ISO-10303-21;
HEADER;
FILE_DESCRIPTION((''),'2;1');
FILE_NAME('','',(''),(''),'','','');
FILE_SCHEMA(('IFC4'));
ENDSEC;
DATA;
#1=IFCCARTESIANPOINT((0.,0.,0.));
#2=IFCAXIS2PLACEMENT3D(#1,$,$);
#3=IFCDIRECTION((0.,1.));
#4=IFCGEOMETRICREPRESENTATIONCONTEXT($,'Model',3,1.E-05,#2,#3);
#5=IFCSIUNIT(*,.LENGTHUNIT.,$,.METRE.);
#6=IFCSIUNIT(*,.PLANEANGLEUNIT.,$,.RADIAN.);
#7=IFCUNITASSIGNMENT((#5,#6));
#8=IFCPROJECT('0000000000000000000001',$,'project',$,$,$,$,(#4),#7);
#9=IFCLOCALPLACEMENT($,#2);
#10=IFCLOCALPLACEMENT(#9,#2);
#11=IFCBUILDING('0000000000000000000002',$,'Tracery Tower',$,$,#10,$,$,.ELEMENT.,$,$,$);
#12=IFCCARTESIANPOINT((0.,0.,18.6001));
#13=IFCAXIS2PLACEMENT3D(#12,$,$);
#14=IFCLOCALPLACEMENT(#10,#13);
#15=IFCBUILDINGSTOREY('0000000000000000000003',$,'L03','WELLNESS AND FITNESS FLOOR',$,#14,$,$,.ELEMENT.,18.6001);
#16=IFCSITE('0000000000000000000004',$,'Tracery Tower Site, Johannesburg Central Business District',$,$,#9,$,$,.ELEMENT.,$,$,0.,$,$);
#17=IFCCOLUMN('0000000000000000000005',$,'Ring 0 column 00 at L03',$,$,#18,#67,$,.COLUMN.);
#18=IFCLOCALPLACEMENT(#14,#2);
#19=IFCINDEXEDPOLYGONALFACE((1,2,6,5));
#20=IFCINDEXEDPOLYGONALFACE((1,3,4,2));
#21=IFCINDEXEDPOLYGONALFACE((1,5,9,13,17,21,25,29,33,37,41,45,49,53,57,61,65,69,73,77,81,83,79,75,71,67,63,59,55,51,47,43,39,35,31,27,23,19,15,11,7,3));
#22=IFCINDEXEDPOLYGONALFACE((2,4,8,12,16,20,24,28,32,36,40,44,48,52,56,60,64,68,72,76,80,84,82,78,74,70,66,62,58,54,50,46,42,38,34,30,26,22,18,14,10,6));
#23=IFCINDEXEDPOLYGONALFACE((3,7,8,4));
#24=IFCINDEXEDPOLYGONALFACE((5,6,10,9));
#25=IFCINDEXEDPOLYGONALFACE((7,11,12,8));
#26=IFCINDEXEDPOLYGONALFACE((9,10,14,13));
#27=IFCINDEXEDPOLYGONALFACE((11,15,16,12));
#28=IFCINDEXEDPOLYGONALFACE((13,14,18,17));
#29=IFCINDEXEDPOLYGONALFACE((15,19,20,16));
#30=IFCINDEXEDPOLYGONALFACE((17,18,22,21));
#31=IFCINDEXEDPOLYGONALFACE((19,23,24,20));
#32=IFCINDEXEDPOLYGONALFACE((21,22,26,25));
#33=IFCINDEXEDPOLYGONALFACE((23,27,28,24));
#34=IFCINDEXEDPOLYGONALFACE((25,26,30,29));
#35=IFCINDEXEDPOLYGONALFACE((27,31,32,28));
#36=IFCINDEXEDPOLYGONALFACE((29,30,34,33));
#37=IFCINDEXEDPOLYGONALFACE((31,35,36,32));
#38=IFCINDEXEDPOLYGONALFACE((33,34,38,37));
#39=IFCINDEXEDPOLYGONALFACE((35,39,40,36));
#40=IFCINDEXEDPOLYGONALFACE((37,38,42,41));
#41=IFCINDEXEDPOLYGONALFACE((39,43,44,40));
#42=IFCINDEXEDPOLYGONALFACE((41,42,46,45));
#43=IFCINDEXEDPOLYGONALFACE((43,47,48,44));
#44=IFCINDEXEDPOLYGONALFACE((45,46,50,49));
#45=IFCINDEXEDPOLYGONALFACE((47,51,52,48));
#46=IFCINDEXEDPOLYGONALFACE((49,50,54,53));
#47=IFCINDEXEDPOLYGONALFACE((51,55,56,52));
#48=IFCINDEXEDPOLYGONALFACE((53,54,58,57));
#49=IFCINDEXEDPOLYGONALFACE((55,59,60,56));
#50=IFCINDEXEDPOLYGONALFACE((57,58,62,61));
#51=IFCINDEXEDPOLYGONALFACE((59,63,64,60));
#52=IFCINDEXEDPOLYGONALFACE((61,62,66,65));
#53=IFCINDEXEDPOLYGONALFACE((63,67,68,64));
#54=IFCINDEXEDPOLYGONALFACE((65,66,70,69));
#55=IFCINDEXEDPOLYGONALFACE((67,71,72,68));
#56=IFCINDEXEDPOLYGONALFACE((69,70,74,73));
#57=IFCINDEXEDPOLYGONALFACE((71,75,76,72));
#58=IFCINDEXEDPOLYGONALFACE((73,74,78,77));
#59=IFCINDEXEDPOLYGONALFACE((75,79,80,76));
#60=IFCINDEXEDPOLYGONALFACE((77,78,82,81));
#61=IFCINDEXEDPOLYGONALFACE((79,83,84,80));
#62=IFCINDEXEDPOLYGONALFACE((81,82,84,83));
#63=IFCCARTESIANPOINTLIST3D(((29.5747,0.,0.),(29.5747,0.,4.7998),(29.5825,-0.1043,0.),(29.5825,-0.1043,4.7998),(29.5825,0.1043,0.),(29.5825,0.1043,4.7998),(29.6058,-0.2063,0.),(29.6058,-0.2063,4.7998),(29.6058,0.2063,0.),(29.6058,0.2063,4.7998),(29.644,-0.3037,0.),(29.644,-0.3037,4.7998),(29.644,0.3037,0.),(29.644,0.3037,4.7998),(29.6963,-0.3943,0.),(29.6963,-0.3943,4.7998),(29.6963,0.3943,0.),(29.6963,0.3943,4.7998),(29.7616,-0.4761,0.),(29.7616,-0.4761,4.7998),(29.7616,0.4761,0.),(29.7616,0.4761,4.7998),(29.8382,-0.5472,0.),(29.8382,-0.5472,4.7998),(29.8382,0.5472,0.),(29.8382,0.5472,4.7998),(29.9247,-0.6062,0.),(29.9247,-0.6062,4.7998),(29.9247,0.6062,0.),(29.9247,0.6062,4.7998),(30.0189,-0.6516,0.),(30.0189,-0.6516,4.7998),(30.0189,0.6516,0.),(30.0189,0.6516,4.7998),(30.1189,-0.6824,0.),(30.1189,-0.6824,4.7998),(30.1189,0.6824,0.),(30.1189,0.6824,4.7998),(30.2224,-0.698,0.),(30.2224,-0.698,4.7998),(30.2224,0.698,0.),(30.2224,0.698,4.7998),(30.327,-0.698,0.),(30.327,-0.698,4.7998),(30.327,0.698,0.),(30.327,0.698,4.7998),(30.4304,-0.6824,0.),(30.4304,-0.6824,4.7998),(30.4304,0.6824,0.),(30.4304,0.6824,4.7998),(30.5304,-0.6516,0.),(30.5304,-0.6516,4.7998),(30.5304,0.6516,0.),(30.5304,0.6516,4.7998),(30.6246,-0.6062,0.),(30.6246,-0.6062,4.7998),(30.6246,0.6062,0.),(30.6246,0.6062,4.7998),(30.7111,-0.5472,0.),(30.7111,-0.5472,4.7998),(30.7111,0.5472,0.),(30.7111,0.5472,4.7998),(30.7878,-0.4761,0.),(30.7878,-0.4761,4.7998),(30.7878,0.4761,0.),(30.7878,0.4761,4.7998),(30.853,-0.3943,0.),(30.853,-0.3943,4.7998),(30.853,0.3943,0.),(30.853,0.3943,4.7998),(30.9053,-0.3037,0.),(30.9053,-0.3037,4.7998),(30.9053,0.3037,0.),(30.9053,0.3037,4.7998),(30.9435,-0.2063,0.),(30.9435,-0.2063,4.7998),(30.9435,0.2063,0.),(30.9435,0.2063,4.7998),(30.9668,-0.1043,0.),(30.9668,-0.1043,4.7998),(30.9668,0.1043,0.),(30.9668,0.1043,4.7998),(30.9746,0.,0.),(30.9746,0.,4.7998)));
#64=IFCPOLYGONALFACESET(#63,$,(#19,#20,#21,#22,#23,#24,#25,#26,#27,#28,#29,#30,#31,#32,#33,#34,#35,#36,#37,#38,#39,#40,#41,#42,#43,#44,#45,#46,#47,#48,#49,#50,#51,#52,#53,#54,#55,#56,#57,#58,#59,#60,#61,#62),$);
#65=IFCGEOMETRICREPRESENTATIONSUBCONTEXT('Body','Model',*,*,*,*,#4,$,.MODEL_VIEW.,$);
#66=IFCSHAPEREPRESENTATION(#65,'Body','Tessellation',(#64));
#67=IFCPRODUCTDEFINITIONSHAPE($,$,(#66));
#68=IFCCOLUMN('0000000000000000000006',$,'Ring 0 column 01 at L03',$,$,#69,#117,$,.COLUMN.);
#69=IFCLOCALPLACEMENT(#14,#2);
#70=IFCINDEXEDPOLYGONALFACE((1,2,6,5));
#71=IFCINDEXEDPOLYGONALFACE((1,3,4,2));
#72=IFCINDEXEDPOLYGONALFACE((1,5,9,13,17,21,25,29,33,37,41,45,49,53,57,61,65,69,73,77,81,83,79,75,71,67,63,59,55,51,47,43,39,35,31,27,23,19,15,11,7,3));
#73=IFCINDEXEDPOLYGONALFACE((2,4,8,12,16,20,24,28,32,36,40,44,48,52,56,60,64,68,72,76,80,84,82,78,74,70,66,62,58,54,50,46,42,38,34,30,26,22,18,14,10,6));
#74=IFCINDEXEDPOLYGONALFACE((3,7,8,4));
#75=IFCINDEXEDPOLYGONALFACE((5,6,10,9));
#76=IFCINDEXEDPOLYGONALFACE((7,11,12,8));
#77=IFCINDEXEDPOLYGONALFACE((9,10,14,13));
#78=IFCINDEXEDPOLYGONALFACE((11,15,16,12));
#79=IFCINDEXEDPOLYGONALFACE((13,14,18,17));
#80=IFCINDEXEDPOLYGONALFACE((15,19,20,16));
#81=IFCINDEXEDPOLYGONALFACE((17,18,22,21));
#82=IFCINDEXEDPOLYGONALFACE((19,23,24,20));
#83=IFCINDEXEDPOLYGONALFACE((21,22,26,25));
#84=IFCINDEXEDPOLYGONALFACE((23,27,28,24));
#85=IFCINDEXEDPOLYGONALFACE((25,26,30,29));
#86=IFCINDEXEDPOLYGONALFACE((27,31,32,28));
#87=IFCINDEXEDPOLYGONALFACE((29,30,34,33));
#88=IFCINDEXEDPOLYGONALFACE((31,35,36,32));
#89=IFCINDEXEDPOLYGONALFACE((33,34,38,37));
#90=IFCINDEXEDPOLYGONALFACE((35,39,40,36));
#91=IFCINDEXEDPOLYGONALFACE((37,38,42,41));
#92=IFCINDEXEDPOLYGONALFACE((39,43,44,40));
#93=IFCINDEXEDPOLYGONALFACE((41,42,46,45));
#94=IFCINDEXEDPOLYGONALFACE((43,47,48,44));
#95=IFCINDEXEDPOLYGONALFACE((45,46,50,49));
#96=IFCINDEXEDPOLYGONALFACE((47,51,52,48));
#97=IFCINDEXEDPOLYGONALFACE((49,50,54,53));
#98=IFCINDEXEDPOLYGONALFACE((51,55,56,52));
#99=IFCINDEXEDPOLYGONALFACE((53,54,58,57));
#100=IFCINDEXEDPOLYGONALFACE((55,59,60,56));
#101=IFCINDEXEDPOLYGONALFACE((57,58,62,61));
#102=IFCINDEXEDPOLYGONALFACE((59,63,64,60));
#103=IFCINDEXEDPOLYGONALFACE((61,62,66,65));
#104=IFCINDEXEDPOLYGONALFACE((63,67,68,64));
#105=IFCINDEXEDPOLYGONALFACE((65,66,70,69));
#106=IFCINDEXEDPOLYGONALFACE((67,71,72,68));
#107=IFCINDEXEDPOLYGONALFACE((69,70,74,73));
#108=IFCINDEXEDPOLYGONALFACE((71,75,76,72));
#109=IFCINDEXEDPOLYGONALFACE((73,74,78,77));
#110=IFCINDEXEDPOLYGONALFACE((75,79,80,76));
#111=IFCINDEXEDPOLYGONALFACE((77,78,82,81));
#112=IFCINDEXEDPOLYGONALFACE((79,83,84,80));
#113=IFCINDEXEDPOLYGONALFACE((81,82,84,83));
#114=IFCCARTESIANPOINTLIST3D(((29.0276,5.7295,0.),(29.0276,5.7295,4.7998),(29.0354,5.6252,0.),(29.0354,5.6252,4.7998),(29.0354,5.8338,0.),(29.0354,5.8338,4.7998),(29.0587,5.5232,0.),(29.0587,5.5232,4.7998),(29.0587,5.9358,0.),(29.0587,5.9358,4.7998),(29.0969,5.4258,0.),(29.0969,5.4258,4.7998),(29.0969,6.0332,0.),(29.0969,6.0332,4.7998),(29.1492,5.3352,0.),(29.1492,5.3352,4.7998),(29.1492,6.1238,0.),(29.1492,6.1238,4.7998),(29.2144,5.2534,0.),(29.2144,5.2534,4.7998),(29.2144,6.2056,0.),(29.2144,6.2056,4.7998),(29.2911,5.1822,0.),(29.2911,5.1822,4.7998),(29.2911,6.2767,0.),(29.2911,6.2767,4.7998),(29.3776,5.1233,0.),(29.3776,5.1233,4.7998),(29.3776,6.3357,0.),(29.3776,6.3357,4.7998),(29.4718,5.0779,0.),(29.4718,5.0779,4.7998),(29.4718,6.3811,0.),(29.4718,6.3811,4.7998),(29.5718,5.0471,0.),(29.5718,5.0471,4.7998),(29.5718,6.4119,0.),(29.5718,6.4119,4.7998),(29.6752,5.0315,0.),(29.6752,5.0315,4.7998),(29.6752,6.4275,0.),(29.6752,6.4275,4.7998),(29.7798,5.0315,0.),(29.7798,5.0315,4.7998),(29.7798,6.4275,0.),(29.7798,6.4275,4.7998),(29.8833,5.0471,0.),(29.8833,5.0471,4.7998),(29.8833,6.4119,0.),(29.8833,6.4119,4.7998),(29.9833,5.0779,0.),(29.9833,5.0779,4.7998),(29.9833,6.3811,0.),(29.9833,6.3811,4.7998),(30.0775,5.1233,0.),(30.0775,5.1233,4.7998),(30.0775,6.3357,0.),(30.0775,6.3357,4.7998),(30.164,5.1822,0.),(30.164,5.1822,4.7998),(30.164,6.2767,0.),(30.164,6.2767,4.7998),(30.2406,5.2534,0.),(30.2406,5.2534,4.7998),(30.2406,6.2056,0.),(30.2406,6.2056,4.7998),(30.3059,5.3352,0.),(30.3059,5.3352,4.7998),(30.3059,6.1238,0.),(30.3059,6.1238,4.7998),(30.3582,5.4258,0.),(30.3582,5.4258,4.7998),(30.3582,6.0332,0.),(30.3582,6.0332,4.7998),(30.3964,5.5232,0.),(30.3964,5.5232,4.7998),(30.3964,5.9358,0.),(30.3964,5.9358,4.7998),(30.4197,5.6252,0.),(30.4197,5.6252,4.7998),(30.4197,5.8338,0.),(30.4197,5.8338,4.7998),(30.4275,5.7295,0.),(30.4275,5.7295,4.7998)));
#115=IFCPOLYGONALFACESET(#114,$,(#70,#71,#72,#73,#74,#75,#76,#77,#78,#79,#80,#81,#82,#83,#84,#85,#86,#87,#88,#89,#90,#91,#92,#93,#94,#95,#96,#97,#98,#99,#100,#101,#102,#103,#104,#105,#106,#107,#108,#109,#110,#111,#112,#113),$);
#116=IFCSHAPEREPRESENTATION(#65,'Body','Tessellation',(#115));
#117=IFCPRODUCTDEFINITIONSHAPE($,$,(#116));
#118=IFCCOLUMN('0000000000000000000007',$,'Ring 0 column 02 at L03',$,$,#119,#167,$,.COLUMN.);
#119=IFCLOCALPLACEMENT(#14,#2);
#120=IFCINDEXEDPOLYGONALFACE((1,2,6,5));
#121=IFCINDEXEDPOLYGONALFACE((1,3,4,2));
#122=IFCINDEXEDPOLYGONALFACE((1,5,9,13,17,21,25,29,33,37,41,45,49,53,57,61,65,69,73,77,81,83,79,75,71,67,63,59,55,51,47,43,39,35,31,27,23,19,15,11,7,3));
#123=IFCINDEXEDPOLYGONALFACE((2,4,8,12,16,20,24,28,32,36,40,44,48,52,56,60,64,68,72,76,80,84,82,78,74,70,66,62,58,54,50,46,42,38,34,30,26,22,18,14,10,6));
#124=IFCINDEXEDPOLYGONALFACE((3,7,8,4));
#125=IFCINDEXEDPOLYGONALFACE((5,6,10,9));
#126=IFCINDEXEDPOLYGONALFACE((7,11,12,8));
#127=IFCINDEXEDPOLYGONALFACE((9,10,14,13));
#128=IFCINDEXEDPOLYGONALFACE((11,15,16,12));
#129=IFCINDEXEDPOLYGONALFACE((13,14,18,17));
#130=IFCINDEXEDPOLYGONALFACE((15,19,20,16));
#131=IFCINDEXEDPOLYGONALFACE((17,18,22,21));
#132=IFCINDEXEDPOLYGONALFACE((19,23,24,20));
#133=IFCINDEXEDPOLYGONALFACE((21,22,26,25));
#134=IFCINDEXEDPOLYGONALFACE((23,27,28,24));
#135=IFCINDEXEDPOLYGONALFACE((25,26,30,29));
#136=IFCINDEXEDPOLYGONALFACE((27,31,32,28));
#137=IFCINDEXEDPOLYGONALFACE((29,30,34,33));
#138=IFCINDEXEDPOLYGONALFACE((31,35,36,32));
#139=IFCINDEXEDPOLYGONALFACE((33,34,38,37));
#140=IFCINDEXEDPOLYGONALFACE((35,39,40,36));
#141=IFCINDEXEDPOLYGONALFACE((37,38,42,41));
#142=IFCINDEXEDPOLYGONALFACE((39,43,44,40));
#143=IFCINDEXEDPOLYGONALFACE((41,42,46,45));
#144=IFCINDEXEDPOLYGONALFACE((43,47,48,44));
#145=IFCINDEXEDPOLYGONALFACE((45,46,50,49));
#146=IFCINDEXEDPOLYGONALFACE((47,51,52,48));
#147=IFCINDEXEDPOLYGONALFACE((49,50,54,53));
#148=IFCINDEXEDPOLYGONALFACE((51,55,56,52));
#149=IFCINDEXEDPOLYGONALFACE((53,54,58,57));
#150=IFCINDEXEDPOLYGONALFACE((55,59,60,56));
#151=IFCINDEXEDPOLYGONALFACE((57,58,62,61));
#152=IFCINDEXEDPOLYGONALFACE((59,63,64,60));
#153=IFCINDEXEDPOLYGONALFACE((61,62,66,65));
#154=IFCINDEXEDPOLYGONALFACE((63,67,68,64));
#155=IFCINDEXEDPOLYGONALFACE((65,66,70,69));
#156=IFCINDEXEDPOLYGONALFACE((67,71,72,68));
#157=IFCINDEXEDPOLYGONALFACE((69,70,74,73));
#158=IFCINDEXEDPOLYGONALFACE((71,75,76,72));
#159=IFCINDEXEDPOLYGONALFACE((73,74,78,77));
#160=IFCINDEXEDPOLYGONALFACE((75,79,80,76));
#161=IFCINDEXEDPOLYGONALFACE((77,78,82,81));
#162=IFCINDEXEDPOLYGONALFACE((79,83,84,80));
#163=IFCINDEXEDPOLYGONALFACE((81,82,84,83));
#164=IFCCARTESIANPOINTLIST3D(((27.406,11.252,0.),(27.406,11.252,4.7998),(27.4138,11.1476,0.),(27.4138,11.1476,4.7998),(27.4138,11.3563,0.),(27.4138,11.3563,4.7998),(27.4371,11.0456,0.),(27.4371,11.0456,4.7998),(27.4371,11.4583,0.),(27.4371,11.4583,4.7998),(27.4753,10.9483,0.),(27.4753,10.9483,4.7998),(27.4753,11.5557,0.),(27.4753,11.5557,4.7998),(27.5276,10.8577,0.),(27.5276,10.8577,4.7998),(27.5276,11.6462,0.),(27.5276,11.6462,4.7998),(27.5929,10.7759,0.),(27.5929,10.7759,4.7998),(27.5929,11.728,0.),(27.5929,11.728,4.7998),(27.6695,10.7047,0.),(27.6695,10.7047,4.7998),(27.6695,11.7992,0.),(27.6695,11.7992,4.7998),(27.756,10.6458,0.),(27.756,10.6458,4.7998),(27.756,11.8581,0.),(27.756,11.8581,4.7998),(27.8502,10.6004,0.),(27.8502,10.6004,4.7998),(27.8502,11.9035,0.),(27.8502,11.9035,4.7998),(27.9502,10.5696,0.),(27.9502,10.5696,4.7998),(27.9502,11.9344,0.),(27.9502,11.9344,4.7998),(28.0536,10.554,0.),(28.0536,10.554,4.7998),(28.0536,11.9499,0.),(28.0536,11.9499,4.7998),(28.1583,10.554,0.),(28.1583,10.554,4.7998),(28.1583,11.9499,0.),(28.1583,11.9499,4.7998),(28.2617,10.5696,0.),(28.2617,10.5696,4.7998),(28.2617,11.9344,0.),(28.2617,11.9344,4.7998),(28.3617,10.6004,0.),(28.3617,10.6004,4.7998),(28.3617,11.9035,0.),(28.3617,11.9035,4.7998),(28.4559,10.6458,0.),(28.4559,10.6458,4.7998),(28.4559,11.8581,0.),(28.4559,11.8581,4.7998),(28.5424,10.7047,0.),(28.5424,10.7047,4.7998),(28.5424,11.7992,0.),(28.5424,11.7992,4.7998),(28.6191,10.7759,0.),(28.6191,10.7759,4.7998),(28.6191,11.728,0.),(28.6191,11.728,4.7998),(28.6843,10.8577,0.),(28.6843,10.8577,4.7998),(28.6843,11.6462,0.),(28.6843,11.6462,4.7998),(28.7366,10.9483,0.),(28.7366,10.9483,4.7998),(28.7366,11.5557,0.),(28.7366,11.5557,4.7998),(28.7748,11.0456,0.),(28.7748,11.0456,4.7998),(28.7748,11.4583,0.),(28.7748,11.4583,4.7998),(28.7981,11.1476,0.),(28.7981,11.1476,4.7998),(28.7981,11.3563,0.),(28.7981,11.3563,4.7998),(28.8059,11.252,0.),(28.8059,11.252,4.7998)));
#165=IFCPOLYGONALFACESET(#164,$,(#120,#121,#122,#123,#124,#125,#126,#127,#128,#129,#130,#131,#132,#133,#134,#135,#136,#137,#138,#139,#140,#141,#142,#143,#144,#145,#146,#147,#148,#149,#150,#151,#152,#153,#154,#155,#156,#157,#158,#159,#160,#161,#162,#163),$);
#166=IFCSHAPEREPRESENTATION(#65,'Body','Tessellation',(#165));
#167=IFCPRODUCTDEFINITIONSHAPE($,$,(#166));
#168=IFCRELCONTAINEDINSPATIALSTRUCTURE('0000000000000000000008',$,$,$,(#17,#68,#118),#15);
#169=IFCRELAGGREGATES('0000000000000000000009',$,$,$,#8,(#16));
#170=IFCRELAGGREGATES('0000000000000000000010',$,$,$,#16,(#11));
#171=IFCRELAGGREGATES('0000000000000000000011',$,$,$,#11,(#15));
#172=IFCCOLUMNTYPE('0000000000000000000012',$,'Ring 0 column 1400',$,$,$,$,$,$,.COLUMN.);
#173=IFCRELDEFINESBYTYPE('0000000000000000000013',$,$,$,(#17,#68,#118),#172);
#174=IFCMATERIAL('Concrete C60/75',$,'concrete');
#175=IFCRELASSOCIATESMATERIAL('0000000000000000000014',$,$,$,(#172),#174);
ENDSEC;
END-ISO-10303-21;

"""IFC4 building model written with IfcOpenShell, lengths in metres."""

from ifc_helpers import new_model, si_unit, direction, frame, origin, origin_2d, place, context, subcontext, project, spatial, circle, extrude, material, material_profile, profile_set, type_object, element, save


model = new_model("IFC4")

# Units and contexts
model_context = context("Model", 3, precision=1e-05, world=origin(), true_north=direction((0.0, 1.0)))
body_context = subcontext(model_context, "Body", "Model", "MODEL_VIEW")
ifc_project = project(units=[si_unit("LENGTHUNIT", "METRE"), si_unit("PLANEANGLEUNIT", "RADIAN")], contexts=[model_context])

# Site, building, storey
site_placement = place(None, origin())
site = spatial("IfcSite", under=ifc_project, at=site_placement, Name="Tracery Tower Site, Johannesburg Central Business District", CompositionType="ELEMENT", RefElevation=0.0)
building_placement = place(site_placement, origin())
building = spatial("IfcBuilding", under=site, at=building_placement, Name="Tracery Tower", CompositionType="ELEMENT")
storey_placement = place(building_placement, frame((0.0, 0.0, 18.6001)))
storey = spatial("IfcBuildingStorey", under=building, at=storey_placement, Name="L03", Description="WELLNESS AND FITNESS FLOOR", CompositionType="ELEMENT", Elevation=18.6001)

# Columns
ifc_material_1 = material(Name="Concrete C60/75", Category="concrete")
ifc_material_profile_1 = material_profile(ifc_material_1, circle(Radius=0.7, at=origin_2d()), Name="RC D1400")
ifc_profile_set_1 = profile_set([ifc_material_profile_1], Name="Concrete C60/75")
column_type_1 = type_object("IfcColumnType", Name="Ring 0 column 1400", PredefinedType="COLUMN", material=ifc_profile_set_1)
for number, where, z_axis, x_axis, name in (
    (1, (30.2747, 0.0, 0.0), (0.0, 0.0, 1.0), (1.0, 0.0, 0.0), "Ring 0 column 00 at L03"),
    (2, (29.7275, 5.7295, 0.0), (0.0, 0.0, 1.0), (1.0, 0.0, 0.0), "Ring 0 column 01 at L03"),
    (3, (28.106, 11.252, 0.0), (0.0, 0.0, 1.0), (1.0, 0.0, 0.0), "Ring 0 column 02 at L03"),
):
    element("IfcColumn", number, at=place(storey_placement, frame(where, z_axis=z_axis, x_axis=x_axis)), inside=storey, type_object=column_type_1, Name=name, PredefinedType="COLUMN", context=body_context, shape_type="SweptSolid", body=[
        extrude(circle(Radius=0.7, at=origin_2d()), origin(), (0.0, 0.0, 1.0), 4.7998),
    ])

save(model, "model.ifc")
